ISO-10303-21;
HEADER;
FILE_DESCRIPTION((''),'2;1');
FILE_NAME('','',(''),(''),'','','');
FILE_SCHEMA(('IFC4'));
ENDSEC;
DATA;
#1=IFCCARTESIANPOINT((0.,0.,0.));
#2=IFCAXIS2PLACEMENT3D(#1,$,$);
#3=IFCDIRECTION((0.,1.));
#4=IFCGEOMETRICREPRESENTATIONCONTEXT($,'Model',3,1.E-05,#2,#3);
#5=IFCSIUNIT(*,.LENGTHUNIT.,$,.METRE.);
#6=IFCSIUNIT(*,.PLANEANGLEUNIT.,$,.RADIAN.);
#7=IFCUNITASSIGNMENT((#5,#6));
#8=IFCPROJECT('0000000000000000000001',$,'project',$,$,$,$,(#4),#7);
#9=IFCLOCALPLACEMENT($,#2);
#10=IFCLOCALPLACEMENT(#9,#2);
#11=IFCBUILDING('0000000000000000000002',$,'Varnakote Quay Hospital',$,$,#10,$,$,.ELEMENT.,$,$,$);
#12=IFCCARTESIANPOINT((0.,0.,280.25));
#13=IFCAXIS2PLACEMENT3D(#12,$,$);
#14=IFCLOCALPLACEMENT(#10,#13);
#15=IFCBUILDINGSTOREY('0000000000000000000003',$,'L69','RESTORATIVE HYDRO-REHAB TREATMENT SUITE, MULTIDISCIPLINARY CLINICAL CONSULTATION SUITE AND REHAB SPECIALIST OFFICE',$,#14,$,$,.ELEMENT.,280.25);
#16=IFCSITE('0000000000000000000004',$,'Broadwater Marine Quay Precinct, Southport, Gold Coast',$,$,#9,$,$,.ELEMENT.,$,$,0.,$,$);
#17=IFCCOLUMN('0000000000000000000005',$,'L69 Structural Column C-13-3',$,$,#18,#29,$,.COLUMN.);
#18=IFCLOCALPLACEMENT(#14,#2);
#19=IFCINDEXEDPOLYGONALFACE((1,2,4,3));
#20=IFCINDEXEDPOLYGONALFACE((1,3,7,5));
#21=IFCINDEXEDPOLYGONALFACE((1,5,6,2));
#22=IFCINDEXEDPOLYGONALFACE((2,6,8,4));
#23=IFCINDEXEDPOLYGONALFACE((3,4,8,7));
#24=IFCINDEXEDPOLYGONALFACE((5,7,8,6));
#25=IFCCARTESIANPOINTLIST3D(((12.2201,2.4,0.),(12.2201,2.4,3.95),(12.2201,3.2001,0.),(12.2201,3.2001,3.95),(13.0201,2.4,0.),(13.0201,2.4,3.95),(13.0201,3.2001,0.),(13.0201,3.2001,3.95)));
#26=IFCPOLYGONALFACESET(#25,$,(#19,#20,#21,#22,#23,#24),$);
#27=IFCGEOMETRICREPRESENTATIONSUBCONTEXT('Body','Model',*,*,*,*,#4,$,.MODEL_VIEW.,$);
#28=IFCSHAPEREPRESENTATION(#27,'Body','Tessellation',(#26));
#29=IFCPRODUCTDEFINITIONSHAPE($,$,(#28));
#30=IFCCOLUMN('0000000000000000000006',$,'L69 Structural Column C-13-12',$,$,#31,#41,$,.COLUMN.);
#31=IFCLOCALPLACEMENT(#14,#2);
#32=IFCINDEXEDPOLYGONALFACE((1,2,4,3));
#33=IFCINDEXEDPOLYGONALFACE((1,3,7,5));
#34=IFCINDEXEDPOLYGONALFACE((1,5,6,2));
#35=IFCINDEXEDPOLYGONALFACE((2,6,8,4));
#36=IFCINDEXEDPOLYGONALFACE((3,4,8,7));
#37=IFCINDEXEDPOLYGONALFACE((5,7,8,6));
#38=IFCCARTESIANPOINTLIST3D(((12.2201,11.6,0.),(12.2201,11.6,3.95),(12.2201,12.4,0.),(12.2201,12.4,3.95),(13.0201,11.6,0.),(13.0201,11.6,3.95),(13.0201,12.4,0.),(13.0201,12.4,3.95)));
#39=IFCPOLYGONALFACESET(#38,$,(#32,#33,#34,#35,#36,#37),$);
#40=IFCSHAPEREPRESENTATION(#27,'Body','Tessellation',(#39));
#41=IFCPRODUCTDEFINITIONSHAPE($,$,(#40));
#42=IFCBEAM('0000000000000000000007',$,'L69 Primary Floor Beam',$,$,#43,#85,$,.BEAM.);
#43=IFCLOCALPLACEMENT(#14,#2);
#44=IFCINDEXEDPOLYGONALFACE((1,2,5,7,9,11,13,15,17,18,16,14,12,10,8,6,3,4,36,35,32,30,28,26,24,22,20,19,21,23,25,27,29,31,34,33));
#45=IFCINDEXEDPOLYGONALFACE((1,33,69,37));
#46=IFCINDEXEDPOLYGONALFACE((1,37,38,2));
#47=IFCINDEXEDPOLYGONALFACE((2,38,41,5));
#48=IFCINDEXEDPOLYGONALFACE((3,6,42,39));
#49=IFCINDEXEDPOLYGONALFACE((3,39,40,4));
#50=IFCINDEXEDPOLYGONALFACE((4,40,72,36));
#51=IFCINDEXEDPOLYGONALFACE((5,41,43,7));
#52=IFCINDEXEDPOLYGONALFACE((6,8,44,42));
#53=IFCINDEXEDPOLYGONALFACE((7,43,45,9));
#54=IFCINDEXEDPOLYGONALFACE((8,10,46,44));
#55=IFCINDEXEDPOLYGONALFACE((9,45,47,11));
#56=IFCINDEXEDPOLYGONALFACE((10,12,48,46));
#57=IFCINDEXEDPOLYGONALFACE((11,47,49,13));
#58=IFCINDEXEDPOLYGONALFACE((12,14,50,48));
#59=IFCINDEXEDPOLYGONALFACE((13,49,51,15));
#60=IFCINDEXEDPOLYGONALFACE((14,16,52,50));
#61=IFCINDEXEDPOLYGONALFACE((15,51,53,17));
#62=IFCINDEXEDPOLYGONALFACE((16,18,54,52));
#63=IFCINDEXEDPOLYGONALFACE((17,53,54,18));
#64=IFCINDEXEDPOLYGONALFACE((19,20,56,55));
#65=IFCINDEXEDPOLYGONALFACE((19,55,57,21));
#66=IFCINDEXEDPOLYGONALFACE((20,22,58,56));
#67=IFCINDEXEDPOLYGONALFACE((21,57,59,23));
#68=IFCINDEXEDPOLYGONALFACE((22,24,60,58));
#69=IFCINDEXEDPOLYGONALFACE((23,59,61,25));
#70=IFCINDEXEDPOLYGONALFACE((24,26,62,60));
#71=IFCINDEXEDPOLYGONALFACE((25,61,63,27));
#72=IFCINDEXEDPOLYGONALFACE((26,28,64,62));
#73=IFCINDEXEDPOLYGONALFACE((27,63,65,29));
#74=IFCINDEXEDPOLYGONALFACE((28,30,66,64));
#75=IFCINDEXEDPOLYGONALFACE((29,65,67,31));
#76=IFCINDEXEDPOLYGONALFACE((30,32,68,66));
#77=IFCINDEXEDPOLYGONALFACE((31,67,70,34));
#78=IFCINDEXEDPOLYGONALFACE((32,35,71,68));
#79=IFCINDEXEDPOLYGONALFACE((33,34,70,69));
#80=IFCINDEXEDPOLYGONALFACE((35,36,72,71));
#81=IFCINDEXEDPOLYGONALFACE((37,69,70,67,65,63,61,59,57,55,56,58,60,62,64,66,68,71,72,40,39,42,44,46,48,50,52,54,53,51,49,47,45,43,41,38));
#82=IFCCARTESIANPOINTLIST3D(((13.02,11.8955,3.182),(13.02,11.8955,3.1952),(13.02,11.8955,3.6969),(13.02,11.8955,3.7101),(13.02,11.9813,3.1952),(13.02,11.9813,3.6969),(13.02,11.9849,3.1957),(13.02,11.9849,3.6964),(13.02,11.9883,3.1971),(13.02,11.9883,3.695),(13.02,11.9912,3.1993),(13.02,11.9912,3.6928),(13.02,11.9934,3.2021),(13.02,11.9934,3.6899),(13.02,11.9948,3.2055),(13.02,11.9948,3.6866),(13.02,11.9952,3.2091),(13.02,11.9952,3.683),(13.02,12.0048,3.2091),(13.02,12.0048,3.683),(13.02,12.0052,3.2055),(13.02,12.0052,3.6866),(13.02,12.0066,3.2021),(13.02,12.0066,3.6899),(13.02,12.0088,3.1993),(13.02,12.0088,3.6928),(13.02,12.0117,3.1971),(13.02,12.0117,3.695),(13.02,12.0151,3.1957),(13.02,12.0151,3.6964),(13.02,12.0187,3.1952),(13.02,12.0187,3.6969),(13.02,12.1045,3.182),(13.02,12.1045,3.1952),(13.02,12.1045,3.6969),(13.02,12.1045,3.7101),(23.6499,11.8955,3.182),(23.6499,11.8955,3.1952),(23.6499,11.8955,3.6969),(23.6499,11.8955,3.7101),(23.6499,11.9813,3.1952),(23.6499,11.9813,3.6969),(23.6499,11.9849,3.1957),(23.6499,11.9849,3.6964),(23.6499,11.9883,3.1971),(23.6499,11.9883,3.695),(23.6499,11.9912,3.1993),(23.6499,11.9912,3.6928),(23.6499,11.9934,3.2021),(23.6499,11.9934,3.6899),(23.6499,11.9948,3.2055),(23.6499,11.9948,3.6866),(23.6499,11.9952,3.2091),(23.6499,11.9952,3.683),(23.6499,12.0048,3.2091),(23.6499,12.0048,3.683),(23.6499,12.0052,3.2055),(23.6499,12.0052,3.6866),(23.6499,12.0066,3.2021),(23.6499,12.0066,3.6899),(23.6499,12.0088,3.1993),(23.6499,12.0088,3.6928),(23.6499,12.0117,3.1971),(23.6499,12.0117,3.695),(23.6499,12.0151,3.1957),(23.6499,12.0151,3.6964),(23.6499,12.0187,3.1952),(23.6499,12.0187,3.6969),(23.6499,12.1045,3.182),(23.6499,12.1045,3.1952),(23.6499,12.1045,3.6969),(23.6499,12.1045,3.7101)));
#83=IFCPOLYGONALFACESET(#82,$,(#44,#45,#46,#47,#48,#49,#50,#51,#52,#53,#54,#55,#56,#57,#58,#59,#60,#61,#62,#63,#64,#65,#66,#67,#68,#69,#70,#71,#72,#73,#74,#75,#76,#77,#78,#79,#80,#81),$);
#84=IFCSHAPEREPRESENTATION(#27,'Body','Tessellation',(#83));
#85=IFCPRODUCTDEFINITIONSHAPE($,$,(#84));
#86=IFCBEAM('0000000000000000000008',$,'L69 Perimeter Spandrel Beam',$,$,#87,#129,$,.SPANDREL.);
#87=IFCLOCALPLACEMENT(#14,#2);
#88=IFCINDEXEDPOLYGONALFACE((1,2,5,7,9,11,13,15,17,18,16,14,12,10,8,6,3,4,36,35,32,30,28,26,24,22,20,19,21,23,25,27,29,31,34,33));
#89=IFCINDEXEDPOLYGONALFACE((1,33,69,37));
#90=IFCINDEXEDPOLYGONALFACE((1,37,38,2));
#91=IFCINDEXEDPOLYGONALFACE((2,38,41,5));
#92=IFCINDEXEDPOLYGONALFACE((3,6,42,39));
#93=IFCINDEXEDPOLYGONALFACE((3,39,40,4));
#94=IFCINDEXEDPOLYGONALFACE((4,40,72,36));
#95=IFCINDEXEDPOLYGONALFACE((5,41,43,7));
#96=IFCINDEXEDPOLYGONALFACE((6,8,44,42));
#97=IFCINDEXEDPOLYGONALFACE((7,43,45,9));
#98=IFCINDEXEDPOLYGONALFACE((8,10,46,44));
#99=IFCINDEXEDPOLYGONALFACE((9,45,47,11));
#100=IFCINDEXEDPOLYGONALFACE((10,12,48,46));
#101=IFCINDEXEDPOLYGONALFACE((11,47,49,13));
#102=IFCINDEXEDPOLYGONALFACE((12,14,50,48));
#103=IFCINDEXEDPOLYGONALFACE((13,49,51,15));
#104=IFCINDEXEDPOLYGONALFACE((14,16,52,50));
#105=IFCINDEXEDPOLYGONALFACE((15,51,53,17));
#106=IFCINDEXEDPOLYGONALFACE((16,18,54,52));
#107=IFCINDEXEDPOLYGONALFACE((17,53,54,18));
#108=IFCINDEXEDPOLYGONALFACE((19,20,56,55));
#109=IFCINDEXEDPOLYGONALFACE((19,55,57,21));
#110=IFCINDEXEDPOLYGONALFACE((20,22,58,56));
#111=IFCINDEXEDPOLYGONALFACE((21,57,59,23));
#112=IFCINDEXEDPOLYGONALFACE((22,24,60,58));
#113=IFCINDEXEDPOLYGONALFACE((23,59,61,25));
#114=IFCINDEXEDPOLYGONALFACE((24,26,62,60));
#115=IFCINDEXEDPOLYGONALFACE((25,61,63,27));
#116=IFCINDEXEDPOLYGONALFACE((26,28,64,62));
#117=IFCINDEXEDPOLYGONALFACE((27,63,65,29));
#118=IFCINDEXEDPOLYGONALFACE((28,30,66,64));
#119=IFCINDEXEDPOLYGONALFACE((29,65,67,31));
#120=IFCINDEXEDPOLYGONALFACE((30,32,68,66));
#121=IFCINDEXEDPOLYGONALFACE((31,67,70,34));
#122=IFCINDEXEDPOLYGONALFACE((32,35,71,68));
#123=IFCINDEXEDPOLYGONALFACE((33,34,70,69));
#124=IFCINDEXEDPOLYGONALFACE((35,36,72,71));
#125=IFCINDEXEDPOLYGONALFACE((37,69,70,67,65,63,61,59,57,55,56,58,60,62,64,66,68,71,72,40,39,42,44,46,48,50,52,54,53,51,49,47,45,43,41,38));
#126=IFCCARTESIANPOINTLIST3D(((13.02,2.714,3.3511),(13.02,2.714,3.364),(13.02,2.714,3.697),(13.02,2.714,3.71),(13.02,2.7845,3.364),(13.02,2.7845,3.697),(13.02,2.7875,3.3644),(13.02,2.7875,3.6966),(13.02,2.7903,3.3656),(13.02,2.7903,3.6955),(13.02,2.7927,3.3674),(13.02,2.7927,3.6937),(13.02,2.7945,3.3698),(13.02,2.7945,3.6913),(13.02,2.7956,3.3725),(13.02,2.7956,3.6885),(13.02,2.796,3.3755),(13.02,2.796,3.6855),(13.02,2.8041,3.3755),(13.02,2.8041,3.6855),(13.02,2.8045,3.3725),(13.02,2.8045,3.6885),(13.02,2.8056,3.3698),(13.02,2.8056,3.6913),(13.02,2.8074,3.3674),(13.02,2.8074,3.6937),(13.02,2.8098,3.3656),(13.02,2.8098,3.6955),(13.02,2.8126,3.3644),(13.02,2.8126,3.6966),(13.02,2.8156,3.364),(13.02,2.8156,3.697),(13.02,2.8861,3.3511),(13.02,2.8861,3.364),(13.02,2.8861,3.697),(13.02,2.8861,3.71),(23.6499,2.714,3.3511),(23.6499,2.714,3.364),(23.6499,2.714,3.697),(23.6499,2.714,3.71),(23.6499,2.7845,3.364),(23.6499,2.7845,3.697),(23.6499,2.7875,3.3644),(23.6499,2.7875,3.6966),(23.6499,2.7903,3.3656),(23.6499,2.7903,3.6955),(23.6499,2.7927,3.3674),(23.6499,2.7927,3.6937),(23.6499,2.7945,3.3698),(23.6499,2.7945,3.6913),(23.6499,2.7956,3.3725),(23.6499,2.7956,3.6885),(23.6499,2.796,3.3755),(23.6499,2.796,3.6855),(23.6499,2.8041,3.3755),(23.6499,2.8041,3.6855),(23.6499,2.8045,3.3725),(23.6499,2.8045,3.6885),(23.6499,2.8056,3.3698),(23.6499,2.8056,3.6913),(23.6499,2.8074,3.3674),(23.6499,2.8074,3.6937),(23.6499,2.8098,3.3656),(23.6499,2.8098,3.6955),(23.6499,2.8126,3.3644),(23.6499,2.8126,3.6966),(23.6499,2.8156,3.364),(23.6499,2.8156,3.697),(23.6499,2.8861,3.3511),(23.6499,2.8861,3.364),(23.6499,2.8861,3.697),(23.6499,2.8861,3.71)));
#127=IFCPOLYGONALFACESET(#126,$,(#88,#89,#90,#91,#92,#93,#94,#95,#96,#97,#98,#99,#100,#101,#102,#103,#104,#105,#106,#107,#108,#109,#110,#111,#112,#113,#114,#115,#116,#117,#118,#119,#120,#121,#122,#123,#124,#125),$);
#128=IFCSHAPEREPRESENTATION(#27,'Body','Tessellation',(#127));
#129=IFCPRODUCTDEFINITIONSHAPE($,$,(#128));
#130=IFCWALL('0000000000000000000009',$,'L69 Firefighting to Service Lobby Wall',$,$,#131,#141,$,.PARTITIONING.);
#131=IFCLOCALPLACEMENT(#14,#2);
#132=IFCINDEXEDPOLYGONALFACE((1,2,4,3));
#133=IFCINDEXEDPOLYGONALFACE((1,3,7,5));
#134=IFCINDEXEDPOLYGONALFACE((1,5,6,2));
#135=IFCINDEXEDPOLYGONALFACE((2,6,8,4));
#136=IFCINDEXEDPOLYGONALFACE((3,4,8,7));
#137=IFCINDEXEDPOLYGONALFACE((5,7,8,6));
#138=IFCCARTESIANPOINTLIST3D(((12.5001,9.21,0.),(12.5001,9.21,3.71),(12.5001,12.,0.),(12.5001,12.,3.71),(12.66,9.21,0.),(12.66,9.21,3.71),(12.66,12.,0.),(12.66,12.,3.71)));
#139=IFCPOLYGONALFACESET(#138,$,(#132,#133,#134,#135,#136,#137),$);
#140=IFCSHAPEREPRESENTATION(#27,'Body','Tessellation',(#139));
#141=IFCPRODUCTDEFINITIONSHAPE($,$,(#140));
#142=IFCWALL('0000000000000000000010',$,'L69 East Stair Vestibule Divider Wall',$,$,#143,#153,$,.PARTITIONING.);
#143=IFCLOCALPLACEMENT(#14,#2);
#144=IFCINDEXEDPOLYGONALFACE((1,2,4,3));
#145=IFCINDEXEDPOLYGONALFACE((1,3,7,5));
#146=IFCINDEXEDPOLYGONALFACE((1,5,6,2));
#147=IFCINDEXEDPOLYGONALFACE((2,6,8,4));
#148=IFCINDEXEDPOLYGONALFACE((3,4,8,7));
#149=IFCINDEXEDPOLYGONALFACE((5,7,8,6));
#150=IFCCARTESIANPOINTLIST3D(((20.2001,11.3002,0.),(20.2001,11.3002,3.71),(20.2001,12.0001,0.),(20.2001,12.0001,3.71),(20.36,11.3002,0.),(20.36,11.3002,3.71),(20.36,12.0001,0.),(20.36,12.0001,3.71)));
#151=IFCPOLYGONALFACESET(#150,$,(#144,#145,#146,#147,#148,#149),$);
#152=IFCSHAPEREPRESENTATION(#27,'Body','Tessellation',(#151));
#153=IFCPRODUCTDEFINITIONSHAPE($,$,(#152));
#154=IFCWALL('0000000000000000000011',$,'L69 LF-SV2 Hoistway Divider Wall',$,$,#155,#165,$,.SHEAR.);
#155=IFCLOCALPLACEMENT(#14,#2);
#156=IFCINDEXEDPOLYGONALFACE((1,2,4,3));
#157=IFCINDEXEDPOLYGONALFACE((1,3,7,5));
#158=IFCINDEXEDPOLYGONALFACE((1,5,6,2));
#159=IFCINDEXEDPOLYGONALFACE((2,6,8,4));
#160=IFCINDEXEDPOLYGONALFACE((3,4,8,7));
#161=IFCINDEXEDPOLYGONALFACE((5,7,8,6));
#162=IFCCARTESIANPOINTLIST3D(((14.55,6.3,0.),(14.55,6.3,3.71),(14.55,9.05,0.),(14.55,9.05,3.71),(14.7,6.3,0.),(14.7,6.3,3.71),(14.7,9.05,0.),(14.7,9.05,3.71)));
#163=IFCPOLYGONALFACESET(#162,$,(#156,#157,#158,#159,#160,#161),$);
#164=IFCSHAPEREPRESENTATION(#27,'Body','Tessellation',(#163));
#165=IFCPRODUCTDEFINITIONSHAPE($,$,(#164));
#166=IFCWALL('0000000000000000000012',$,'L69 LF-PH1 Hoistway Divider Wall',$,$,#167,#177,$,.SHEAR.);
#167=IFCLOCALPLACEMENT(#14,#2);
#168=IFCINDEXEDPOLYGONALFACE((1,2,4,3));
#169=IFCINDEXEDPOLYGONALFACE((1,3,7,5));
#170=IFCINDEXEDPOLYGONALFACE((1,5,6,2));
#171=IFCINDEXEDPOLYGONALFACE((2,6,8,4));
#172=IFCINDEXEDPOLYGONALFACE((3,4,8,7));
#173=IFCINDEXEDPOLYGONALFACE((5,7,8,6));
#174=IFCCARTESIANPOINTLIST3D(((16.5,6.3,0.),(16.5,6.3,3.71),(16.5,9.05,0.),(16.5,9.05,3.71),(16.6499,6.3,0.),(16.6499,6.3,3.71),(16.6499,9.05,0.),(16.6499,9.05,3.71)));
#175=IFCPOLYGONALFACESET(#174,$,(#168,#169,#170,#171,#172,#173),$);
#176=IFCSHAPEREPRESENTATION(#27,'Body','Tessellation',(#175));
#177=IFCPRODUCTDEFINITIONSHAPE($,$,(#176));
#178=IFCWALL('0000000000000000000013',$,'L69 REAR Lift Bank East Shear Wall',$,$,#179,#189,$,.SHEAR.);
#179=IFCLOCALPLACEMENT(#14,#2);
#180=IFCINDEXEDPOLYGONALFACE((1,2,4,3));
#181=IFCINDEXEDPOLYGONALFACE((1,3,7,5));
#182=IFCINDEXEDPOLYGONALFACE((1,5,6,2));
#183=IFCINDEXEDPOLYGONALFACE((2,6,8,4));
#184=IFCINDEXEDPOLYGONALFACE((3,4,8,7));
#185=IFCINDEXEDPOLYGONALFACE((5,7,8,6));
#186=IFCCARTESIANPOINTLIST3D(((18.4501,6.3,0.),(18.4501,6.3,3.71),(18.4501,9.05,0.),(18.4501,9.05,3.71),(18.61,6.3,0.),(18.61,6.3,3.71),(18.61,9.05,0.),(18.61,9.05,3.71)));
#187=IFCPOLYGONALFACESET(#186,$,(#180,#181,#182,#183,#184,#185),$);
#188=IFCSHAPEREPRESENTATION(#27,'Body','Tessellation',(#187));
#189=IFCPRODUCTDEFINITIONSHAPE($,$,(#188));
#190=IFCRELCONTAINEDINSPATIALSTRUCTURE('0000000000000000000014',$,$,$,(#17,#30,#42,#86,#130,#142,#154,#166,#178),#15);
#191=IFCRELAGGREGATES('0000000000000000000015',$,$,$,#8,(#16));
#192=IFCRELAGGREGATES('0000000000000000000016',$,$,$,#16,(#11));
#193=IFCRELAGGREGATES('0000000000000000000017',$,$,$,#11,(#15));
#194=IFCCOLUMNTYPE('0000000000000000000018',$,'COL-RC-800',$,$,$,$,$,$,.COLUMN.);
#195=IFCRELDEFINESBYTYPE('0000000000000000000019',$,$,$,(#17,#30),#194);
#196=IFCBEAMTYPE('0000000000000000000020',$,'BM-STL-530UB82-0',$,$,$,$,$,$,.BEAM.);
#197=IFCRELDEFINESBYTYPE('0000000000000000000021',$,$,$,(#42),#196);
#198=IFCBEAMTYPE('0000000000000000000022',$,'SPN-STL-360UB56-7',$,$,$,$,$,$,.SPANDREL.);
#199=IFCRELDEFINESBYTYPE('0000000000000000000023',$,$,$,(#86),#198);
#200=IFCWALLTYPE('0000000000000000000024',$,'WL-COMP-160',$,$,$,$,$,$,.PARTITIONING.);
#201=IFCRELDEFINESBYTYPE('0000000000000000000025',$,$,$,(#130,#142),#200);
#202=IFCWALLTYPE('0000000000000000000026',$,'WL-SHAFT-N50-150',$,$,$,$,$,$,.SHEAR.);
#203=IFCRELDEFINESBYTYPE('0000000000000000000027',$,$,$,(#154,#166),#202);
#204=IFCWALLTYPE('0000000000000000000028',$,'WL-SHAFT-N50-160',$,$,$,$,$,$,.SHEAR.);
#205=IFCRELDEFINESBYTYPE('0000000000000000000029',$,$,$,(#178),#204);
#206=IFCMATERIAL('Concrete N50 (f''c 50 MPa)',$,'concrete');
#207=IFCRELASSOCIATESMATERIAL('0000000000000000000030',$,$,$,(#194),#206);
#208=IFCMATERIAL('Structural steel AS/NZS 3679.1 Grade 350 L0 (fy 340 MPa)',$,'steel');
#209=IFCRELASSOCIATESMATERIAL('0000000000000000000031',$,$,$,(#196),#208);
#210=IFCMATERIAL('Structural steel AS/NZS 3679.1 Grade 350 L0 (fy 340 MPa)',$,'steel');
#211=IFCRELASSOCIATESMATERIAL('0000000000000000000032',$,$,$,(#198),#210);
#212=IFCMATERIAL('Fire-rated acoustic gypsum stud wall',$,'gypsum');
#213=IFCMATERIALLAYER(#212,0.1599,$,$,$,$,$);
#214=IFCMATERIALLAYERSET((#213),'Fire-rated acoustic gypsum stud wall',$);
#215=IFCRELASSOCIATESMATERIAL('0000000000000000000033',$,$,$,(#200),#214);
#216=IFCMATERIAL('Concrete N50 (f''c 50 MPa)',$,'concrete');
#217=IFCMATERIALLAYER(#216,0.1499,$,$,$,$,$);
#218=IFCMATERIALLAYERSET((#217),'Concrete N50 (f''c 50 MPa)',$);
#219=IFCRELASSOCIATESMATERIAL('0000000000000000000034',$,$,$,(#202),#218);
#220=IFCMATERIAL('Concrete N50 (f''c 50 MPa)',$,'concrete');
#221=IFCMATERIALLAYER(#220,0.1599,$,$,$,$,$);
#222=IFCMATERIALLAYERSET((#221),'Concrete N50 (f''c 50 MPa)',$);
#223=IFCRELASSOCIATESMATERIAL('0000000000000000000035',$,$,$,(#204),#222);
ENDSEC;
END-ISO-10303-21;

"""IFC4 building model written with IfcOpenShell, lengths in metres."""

from ifc_helpers import new_model, si_unit, direction, frame, frame_2d, origin, origin_2d, place, context, subcontext, project, spatial, rectangle, i_section, extrude, material, layer, layer_set, material_profile, profile_set, type_object, element, save


model = new_model("IFC4")

# Units and contexts
model_context = context("Model", 3, precision=1e-05, world=origin(), true_north=direction((0.0, 1.0)))
body_context = subcontext(model_context, "Body", "Model", "MODEL_VIEW")
ifc_project = project(units=[si_unit("LENGTHUNIT", "METRE"), si_unit("PLANEANGLEUNIT", "RADIAN")], contexts=[model_context])

# Site, building, storey
site_placement = place(None, origin())
site = spatial("IfcSite", under=ifc_project, at=site_placement, Name="Broadwater Marine Quay Precinct, Southport, Gold Coast", CompositionType="ELEMENT", RefElevation=0.0)
building_placement = place(site_placement, origin())
building = spatial("IfcBuilding", under=site, at=building_placement, Name="Varnakote Quay Hospital", CompositionType="ELEMENT")
storey_placement = place(building_placement, frame((0.0, 0.0, 280.25)))
storey = spatial("IfcBuildingStorey", under=building, at=storey_placement, Name="L69", Description="RESTORATIVE HYDRO-REHAB TREATMENT SUITE, MULTIDISCIPLINARY CLINICAL CONSULTATION SUITE AND REHAB SPECIALIST OFFICE", CompositionType="ELEMENT", Elevation=280.25)

# Columns
ifc_material_1 = material(Name="Concrete N50 (f'c 50 MPa)", Category="concrete")
ifc_material_profile_1 = material_profile(ifc_material_1, rectangle(XDim=0.8, YDim=0.8, at=origin_2d()), Name="RC-COL-800x800")
ifc_profile_set_1 = profile_set([ifc_material_profile_1], Name="Concrete N50 (f'c 50 MPa)")
column_type = type_object("IfcColumnType", Name="COL-RC-800", PredefinedType="COLUMN", material=ifc_profile_set_1)
for number, where, z_axis, x_axis, name in (
    (1, (12.6201, 2.8, 0.0), (0.0, 0.0, 1.0), (1.0, 0.0, 0.0), "L69 Structural Column C-13-3"),
    (2, (12.6201, 12.0, 0.0), (0.0, 0.0, 1.0), (1.0, 0.0, 0.0), "L69 Structural Column C-13-12"),
):
    element("IfcColumn", number, at=place(storey_placement, frame(where, z_axis=z_axis, x_axis=x_axis)), inside=storey, type_object=column_type, Name=name, PredefinedType="COLUMN", context=body_context, shape_type="SweptSolid", body=[
        extrude(rectangle(XDim=0.8, YDim=0.8, at=origin_2d()), origin(), (0.0, 0.0, 1.0), 3.95),
    ])

# Beams
ifc_material_2 = material(Name="Structural steel AS/NZS 3679.1 Grade 350 L0 (fy 340 MPa)", Category="steel")
ifc_material_profile_2 = material_profile(ifc_material_2, i_section(OverallWidth=0.209, OverallDepth=0.5281, WebThickness=0.0095, FlangeThickness=0.0132, FilletRadius=0.0139, at=origin_2d()), Name="530UB82.0")
ifc_profile_set_2 = profile_set([ifc_material_profile_2], Name="Structural steel AS/NZS 3679.1 Grade 350 L0 (fy 340 MPa)")
beam_type_1 = type_object("IfcBeamType", Name="BM-STL-530UB82-0", PredefinedType="BEAM", material=ifc_profile_set_2)
beam_1_placement = place(storey_placement, frame((13.02, 12.0, 3.446), z_axis=(1.0, 0.0, 0.0), x_axis=(0.0, 1.0, 0.0)))
element("IfcBeam", 3, at=beam_1_placement, inside=storey, type_object=beam_type_1, Name="L69 Primary Floor Beam", PredefinedType="BEAM", context=body_context, shape_type="SweptSolid", body=[
    extrude(i_section(OverallWidth=0.209, OverallDepth=0.5281, WebThickness=0.0095, FlangeThickness=0.0132, FilletRadius=0.0139, at=origin_2d()), origin(), (0.0, 0.0, 1.0), 10.6299),
])
ifc_material_3 = material(Name="Structural steel AS/NZS 3679.1 Grade 350 L0 (fy 340 MPa)", Category="steel")
ifc_material_profile_3 = material_profile(ifc_material_3, i_section(OverallWidth=0.1721, OverallDepth=0.3589, WebThickness=0.0081, FlangeThickness=0.0129, FilletRadius=0.0115, at=origin_2d()), Name="360UB56.7")
ifc_profile_set_3 = profile_set([ifc_material_profile_3], Name="Structural steel AS/NZS 3679.1 Grade 350 L0 (fy 340 MPa)")
beam_type_2 = type_object("IfcBeamType", Name="SPN-STL-360UB56-7", PredefinedType="SPANDREL", material=ifc_profile_set_3)
beam_2_placement = place(storey_placement, frame((13.02, 2.8, 3.5305), z_axis=(1.0, 0.0, 0.0), x_axis=(0.0, 1.0, 0.0)))
element("IfcBeam", 4, at=beam_2_placement, inside=storey, type_object=beam_type_2, Name="L69 Perimeter Spandrel Beam", PredefinedType="SPANDREL", context=body_context, shape_type="SweptSolid", body=[
    extrude(i_section(OverallWidth=0.1721, OverallDepth=0.3589, WebThickness=0.0081, FlangeThickness=0.0129, FilletRadius=0.0115, at=origin_2d()), origin(), (0.0, 0.0, 1.0), 10.6299),
])

# Walls
ifc_material_4 = material(Name="Fire-rated acoustic gypsum stud wall", Category="gypsum")
ifc_layer_1 = layer(ifc_material_4, 0.1599)
ifc_layer_set_1 = layer_set([ifc_layer_1], Name="Fire-rated acoustic gypsum stud wall")
wall_type_1 = type_object("IfcWallType", Name="WL-COMP-160", PredefinedType="PARTITIONING", material=ifc_layer_set_1)
wall_1_placement = place(storey_placement, frame((12.5801, 9.21, 0.0), z_axis=(0.0, 0.0, 1.0), x_axis=(0.0, 1.0, 0.0)))
element("IfcWall", 5, at=wall_1_placement, inside=storey, type_object=wall_type_1, Name="L69 Firefighting to Service Lobby Wall", PredefinedType="PARTITIONING", context=body_context, shape_type="SweptSolid", body=[
    extrude(rectangle(XDim=2.79, YDim=0.1599, at=frame_2d((1.395, 0.0))), origin(), (0.0, 0.0, 1.0), 3.71),
])
wall_2_placement = place(storey_placement, frame((20.28, 11.3, 0.0), z_axis=(0.0, 0.0, 1.0), x_axis=(0.0, 1.0, 0.0)))
element("IfcWall", 6, at=wall_2_placement, inside=storey, type_object=wall_type_1, Name="L69 East Stair Vestibule Divider Wall", PredefinedType="PARTITIONING", context=body_context, shape_type="SweptSolid", body=[
    extrude(rectangle(XDim=0.7, YDim=0.1599, at=frame_2d((0.3501, 0.0))), origin(), (0.0, 0.0, 1.0), 3.71),
])
ifc_material_5 = material(Name="Concrete N50 (f'c 50 MPa)", Category="concrete")
ifc_layer_2 = layer(ifc_material_5, 0.1499)
ifc_layer_set_2 = layer_set([ifc_layer_2], Name="Concrete N50 (f'c 50 MPa)")
wall_type_2 = type_object("IfcWallType", Name="WL-SHAFT-N50-150", PredefinedType="SHEAR", material=ifc_layer_set_2)
for number, where, z_axis, x_axis, name in (
    (7, (14.625, 6.3, 0.0), (0.0, 0.0, 1.0), (0.0, 1.0, 0.0), "L69 LF-SV2 Hoistway Divider Wall"),
    (8, (16.575, 6.3, 0.0), (0.0, 0.0, 1.0), (0.0, 1.0, 0.0), "L69 LF-PH1 Hoistway Divider Wall"),
):
    element("IfcWall", number, at=place(storey_placement, frame(where, z_axis=z_axis, x_axis=x_axis)), inside=storey, type_object=wall_type_2, Name=name, PredefinedType="SHEAR", context=body_context, shape_type="SweptSolid", body=[
        extrude(rectangle(XDim=2.75, YDim=0.1499, at=frame_2d((1.375, 0.0))), origin(), (0.0, 0.0, 1.0), 3.71),
    ])
ifc_material_6 = material(Name="Concrete N50 (f'c 50 MPa)", Category="concrete")
ifc_layer_3 = layer(ifc_material_6, 0.1599)
ifc_layer_set_3 = layer_set([ifc_layer_3], Name="Concrete N50 (f'c 50 MPa)")
wall_type_3 = type_object("IfcWallType", Name="WL-SHAFT-N50-160", PredefinedType="SHEAR", material=ifc_layer_set_3)
wall_3_placement = place(storey_placement, frame((18.53, 6.3, 0.0), z_axis=(0.0, 0.0, 1.0), x_axis=(0.0, 1.0, 0.0)))
element("IfcWall", 9, at=wall_3_placement, inside=storey, type_object=wall_type_3, Name="L69 REAR Lift Bank East Shear Wall", PredefinedType="SHEAR", context=body_context, shape_type="SweptSolid", body=[
    extrude(rectangle(XDim=2.75, YDim=0.1599, at=frame_2d((1.375, 0.0))), origin(), (0.0, 0.0, 1.0), 3.71),
])

save(model, "model.ifc")
